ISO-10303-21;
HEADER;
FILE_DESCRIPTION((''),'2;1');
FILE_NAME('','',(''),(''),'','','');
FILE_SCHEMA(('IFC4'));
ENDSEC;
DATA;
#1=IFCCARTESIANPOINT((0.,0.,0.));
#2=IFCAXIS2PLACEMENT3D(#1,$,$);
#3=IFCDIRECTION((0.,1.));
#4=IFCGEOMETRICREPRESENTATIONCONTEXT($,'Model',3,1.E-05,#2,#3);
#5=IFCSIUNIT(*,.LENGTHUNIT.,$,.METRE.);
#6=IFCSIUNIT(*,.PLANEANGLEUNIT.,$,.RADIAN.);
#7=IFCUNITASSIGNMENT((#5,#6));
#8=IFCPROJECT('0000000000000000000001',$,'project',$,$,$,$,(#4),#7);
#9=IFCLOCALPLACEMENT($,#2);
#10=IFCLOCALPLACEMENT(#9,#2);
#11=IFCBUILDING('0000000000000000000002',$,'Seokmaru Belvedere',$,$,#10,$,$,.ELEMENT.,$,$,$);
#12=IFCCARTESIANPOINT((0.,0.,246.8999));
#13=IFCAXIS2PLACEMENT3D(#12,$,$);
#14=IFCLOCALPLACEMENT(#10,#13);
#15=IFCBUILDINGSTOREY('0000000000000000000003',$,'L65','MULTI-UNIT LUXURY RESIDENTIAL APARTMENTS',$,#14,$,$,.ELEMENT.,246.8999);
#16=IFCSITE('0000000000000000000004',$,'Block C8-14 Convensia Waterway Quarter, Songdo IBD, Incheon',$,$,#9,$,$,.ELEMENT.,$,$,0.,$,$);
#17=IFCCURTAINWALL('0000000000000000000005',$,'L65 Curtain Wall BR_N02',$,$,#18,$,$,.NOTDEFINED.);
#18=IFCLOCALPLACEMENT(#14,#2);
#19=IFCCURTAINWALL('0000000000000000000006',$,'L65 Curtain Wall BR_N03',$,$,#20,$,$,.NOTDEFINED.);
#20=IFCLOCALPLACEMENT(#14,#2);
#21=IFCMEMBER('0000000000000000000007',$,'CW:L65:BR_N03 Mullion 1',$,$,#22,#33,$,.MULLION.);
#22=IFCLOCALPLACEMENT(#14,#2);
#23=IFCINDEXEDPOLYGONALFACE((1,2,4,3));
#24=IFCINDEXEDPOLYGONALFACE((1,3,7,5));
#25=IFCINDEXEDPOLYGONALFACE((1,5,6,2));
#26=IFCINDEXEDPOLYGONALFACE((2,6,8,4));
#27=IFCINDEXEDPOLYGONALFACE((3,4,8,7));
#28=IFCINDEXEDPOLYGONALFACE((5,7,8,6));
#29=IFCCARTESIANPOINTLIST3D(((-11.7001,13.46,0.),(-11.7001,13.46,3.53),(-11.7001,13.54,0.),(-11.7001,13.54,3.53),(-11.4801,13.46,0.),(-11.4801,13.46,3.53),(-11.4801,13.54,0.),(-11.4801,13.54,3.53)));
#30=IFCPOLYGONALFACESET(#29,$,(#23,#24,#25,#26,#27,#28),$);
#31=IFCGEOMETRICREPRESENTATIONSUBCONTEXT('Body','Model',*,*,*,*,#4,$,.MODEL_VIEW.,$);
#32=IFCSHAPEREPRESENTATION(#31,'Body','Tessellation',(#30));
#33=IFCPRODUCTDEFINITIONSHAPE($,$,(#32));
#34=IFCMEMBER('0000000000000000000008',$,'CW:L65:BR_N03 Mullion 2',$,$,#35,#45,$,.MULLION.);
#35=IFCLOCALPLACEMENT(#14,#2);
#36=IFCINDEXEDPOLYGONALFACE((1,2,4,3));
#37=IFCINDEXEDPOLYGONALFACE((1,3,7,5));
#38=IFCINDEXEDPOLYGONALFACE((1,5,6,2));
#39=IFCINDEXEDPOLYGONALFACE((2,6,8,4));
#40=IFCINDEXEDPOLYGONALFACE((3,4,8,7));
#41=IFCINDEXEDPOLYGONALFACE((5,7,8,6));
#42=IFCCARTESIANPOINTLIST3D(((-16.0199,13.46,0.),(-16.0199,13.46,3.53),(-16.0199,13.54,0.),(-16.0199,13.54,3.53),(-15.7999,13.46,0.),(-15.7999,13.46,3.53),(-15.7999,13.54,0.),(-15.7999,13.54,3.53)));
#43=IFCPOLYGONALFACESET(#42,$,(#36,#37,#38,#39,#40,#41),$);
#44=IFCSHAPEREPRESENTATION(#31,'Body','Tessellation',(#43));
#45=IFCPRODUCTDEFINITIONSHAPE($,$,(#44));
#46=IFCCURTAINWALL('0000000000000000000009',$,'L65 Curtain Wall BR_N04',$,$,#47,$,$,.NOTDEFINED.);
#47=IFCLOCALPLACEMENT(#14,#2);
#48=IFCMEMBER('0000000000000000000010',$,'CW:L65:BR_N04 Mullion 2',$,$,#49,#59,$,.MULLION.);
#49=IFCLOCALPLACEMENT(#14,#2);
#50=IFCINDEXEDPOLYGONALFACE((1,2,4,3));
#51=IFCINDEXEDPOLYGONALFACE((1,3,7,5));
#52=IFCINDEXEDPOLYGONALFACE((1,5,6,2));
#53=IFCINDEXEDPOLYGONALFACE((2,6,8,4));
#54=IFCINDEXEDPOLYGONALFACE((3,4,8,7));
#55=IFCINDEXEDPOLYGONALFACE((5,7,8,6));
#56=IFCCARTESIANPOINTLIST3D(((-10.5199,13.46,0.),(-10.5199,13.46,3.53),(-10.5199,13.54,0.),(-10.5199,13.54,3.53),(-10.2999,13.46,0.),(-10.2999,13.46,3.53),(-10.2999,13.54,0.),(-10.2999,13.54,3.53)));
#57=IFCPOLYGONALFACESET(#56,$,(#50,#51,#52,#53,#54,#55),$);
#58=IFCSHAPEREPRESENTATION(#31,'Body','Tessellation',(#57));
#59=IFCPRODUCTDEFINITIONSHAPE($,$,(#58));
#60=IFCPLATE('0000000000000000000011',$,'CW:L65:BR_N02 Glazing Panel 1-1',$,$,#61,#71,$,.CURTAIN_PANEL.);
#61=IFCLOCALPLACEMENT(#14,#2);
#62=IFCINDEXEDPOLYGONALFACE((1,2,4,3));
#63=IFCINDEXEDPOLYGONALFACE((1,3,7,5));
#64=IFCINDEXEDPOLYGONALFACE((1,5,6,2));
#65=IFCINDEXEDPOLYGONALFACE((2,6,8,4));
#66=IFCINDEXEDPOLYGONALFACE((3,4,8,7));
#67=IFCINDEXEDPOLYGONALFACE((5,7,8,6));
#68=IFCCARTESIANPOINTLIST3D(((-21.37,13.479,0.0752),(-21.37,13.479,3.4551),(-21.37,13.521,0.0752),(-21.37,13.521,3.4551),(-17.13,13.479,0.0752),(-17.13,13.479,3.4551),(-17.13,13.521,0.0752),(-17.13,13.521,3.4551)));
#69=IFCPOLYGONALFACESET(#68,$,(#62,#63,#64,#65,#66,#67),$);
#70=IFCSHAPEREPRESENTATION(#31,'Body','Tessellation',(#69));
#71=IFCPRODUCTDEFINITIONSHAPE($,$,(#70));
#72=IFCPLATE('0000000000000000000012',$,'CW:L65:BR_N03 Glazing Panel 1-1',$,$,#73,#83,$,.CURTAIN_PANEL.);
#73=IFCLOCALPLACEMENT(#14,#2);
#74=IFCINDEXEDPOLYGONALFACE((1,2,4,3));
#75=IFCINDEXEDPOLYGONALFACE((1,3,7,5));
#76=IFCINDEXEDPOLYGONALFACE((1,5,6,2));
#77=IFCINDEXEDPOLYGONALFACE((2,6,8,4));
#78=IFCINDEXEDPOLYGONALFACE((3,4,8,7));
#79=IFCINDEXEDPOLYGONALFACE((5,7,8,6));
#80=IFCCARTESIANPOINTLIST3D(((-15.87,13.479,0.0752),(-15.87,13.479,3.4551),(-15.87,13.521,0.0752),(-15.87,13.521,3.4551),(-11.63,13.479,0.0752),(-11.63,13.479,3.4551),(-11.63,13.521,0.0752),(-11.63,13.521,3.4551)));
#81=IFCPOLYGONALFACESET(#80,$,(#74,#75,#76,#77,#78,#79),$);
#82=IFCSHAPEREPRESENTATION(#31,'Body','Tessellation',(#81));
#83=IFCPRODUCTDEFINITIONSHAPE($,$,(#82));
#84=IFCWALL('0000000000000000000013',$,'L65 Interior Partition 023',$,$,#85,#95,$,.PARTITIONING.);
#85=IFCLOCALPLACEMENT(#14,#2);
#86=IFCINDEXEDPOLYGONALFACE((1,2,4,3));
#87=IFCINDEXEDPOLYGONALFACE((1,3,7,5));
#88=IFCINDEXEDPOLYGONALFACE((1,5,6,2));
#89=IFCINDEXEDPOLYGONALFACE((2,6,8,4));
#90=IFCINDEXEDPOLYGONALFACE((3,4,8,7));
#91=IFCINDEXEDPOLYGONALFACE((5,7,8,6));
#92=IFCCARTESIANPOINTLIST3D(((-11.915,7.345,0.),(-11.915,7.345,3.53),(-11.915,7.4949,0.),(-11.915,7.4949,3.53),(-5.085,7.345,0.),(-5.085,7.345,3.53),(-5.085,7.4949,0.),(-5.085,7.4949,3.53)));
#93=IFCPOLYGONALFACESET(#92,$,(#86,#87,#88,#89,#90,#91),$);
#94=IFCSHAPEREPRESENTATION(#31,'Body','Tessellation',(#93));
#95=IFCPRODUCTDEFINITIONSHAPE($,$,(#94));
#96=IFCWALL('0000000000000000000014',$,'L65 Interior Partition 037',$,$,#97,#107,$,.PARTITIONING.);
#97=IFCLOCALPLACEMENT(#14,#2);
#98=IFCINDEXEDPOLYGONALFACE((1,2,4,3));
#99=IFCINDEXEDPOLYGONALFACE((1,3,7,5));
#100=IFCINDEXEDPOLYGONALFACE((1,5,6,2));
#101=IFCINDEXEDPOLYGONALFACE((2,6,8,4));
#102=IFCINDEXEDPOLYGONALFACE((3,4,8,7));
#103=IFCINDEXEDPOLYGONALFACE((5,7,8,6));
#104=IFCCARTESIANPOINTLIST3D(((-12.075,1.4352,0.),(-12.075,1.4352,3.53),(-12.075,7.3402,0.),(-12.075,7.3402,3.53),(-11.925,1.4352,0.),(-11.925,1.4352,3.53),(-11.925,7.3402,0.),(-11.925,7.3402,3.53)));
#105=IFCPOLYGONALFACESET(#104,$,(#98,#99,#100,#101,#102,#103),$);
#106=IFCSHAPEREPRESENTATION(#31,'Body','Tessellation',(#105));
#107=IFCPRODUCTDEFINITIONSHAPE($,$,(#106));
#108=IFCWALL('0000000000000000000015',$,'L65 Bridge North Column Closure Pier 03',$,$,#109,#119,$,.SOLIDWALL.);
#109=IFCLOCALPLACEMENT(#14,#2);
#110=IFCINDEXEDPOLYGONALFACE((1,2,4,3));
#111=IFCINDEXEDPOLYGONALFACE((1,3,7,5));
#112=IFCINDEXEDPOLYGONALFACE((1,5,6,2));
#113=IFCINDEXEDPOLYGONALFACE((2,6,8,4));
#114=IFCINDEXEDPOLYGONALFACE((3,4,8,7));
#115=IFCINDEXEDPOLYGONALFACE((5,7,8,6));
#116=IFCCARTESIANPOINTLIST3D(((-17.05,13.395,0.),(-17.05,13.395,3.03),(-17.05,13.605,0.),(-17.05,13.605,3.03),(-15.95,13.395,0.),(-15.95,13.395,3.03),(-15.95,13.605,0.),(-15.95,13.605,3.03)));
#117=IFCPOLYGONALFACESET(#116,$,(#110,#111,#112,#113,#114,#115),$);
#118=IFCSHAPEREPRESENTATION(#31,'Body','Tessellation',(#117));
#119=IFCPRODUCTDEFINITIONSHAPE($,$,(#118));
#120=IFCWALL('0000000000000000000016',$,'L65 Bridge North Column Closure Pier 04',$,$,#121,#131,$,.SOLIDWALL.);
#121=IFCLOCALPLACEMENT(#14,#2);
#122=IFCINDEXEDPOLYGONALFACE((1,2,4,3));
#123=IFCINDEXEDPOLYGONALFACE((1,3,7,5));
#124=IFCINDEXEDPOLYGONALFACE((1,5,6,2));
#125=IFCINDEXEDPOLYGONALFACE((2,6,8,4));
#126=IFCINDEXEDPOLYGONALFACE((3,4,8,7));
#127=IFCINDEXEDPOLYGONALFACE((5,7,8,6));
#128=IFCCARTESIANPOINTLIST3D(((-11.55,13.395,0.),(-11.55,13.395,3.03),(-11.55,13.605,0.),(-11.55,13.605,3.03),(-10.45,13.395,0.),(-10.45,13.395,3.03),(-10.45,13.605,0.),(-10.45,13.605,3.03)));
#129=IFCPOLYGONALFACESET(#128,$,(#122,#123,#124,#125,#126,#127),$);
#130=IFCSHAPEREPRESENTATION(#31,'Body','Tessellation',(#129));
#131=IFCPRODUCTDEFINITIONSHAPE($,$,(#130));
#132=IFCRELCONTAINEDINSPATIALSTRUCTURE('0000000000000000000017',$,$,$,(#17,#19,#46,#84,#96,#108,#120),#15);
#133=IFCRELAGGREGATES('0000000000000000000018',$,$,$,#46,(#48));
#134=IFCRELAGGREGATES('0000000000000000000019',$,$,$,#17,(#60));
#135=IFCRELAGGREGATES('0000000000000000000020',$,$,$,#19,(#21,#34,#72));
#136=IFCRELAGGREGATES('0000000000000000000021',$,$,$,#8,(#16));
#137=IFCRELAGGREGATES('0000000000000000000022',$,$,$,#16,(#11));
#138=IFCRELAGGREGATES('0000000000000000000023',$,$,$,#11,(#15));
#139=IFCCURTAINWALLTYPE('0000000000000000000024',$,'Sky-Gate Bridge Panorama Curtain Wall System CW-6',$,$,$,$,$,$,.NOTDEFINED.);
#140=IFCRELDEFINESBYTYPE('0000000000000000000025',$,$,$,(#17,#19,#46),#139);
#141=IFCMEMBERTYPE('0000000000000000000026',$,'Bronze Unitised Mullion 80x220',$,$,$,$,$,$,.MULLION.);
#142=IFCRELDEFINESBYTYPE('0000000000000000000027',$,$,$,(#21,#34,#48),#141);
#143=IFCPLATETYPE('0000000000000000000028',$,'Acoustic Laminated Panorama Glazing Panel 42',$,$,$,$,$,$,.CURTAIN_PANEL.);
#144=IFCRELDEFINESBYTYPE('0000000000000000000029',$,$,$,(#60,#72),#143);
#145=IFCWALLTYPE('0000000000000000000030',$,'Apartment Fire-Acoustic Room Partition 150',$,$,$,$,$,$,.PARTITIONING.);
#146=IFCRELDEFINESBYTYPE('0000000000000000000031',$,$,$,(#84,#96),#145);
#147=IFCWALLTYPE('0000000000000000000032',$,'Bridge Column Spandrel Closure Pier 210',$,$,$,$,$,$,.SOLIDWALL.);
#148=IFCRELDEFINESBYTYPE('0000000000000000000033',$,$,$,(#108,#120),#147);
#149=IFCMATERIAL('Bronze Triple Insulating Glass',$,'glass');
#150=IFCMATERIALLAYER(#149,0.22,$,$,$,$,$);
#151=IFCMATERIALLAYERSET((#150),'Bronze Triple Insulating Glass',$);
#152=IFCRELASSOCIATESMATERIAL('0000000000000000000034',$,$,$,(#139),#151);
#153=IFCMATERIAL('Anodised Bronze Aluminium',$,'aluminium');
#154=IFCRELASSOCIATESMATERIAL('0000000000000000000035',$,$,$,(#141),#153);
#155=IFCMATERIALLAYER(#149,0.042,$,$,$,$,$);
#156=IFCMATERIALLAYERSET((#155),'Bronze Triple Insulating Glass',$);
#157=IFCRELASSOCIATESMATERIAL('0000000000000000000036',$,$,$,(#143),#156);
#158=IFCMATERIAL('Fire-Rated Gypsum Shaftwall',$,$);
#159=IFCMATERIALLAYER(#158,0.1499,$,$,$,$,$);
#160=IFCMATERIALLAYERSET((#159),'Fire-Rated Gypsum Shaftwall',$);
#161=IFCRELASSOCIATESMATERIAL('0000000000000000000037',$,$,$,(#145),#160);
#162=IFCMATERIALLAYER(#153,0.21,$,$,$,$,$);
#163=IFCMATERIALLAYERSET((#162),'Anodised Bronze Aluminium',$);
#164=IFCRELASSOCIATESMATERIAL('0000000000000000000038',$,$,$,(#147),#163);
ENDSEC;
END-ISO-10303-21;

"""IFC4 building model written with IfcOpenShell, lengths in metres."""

from ifc_helpers import new_model, si_unit, direction, frame, frame_2d, origin, origin_2d, place, context, subcontext, project, spatial, rectangle, extrude, source, transform, mapped, material, layer, layer_set, material_profile, profile_set, type_object, type_shapes, element, aggregate, save


model = new_model("IFC4")

# Units and contexts
model_context = context("Model", 3, precision=1e-05, world=origin(), true_north=direction((0.0, 1.0)))
body_context = subcontext(model_context, "Body", "Model", "MODEL_VIEW")
ifc_project = project(units=[si_unit("LENGTHUNIT", "METRE"), si_unit("PLANEANGLEUNIT", "RADIAN")], contexts=[model_context])

# Site, building, storey
site_placement = place(None, origin())
site = spatial("IfcSite", under=ifc_project, at=site_placement, Name="Block C8-14 Convensia Waterway Quarter, Songdo IBD, Incheon", CompositionType="ELEMENT", RefElevation=0.0)
building_placement = place(site_placement, origin())
building = spatial("IfcBuilding", under=site, at=building_placement, Name="Seokmaru Belvedere", CompositionType="ELEMENT")
storey_placement = place(building_placement, frame((0.0, 0.0, 246.8999)))
storey = spatial("IfcBuildingStorey", under=building, at=storey_placement, Name="L65", Description="MULTI-UNIT LUXURY RESIDENTIAL APARTMENTS", CompositionType="ELEMENT", Elevation=246.8999)

# Curtain walls
ifc_material_1 = material(Name="Bronze Triple Insulating Glass", Category="glass")
ifc_layer_1 = layer(ifc_material_1, 0.22)
ifc_layer_set_1 = layer_set([ifc_layer_1], Name="Bronze Triple Insulating Glass")
curtain_wall_type = type_object("IfcCurtainWallType", Name="Sky-Gate Bridge Panorama Curtain Wall System CW-6", PredefinedType="NOTDEFINED", material=ifc_layer_set_1)
curtain_wall_1_placement = place(storey_placement, origin())
curtain_wall_1 = element("IfcCurtainWall", 1, at=curtain_wall_1_placement, inside=storey, type_object=curtain_wall_type, Name="L65 Curtain Wall BR_N02", PredefinedType="NOTDEFINED")
ifc_material_2 = material(Name="Anodised Bronze Aluminium", Category="aluminium")
curtain_wall_2_placement = place(storey_placement, origin())
curtain_wall_2 = element("IfcCurtainWall", 2, at=curtain_wall_2_placement, inside=storey, type_object=curtain_wall_type, Name="L65 Curtain Wall BR_N03", PredefinedType="NOTDEFINED")

# Members
ifc_material_profile_1 = material_profile(ifc_material_2, rectangle(XDim=0.0801, YDim=0.22, at=origin_2d()), Name="CW-M-80x220")
ifc_profile_set_1 = profile_set([ifc_material_profile_1], Name="Anodised Bronze Aluminium")
member_type_1 = type_object("IfcMemberType", Name="Bronze Unitised Mullion 80x220", PredefinedType="MULLION", material=ifc_profile_set_1)
shared_shape_1 = source(origin(), body_context, "Body", "SweptSolid", [
    extrude(rectangle(XDim=0.0801, YDim=0.22, at=origin_2d()), origin(), (0.0, 0.0, 1.0), 3.53),
])
type_shapes(member_type_1, [shared_shape_1])
member_1_placement = place(storey_placement, frame((-11.5901, 13.5, 0.0), z_axis=(0.0, 0.0, 1.0), x_axis=(0.0, -1.0, 0.0)))
member_1 = element("IfcMember", 3, at=member_1_placement, type_object=member_type_1, Name="CW:L65:BR_N03 Mullion 1", PredefinedType="MULLION", context=body_context, shape_type="MappedRepresentation", body=[
    mapped(shared_shape_1, transform((0.0, 0.0, 0.0), scale=1.0)),
])
member_2_placement = place(storey_placement, frame((-15.9099, 13.5, 0.0), z_axis=(0.0, 0.0, 1.0), x_axis=(0.0, -1.0, 0.0)))
member_2 = element("IfcMember", 4, at=member_2_placement, type_object=member_type_1, Name="CW:L65:BR_N03 Mullion 2", PredefinedType="MULLION", context=body_context, shape_type="MappedRepresentation", body=[
    mapped(shared_shape_1, transform((0.0, 0.0, 0.0), scale=1.0)),
])

# Curtain wall, member
curtain_wall_3_placement = place(storey_placement, origin())
curtain_wall_3 = element("IfcCurtainWall", 5, at=curtain_wall_3_placement, inside=storey, type_object=curtain_wall_type, Name="L65 Curtain Wall BR_N04", PredefinedType="NOTDEFINED")
member_3_placement = place(storey_placement, frame((-10.4099, 13.5, 0.0), z_axis=(0.0, 0.0, 1.0), x_axis=(0.0, -1.0, 0.0)))
member_3 = element("IfcMember", 6, at=member_3_placement, type_object=member_type_1, Name="CW:L65:BR_N04 Mullion 2", PredefinedType="MULLION", context=body_context, shape_type="MappedRepresentation", body=[
    mapped(shared_shape_1, transform((0.0, 0.0, 0.0), scale=1.0)),
])
aggregate(curtain_wall_3, [member_3])

# Plates
ifc_layer_2 = layer(ifc_material_1, 0.042)
ifc_layer_set_2 = layer_set([ifc_layer_2], Name="Bronze Triple Insulating Glass")
plate_type = type_object("IfcPlateType", Name="Acoustic Laminated Panorama Glazing Panel 42", PredefinedType="CURTAIN_PANEL", material=ifc_layer_set_2)
shared_shape_2 = source(origin(), body_context, "Body", "SweptSolid", [
    extrude(rectangle(XDim=4.24, YDim=0.042, at=origin_2d()), origin(), (0.0, 0.0, 1.0), 3.3799),
])
type_shapes(plate_type, [shared_shape_2])
plate_1_placement = place(storey_placement, frame((-19.25, 13.5, 0.0752), z_axis=(0.0, 0.0, 1.0), x_axis=(-1.0, 0.0, 0.0)))
plate_1 = element("IfcPlate", 7, at=plate_1_placement, type_object=plate_type, Name="CW:L65:BR_N02 Glazing Panel 1-1", PredefinedType="CURTAIN_PANEL", context=body_context, shape_type="MappedRepresentation", body=[
    mapped(shared_shape_2, transform((0.0, 0.0, 0.0), scale=1.0)),
])
aggregate(curtain_wall_1, [plate_1])
plate_2_placement = place(storey_placement, frame((-13.75, 13.5, 0.0752), z_axis=(0.0, 0.0, 1.0), x_axis=(-1.0, 0.0, 0.0)))
plate_2 = element("IfcPlate", 8, at=plate_2_placement, type_object=plate_type, Name="CW:L65:BR_N03 Glazing Panel 1-1", PredefinedType="CURTAIN_PANEL", context=body_context, shape_type="MappedRepresentation", body=[
    mapped(shared_shape_2, transform((0.0, 0.0, 0.0), scale=1.0)),
])
aggregate(curtain_wall_2, [member_1, member_2, plate_2])

# Walls
ifc_material_3 = material(Name="Fire-Rated Gypsum Shaftwall")
ifc_layer_3 = layer(ifc_material_3, 0.1499)
ifc_layer_set_3 = layer_set([ifc_layer_3], Name="Fire-Rated Gypsum Shaftwall")
wall_type_1 = type_object("IfcWallType", Name="Apartment Fire-Acoustic Room Partition 150", PredefinedType="PARTITIONING", material=ifc_layer_set_3)
wall_1_placement = place(storey_placement, frame((-11.915, 7.4199, 0.0), z_axis=(0.0, 0.0, 1.0), x_axis=(1.0, 0.0, 0.0)))
element("IfcWall", 9, at=wall_1_placement, inside=storey, type_object=wall_type_1, Name="L65 Interior Partition 023", PredefinedType="PARTITIONING", context=body_context, shape_type="SweptSolid", body=[
    extrude(rectangle(XDim=6.8301, YDim=0.1499, at=frame_2d((3.415, 0.0))), origin(), (0.0, 0.0, 1.0), 3.53),
])
wall_2_placement = place(storey_placement, frame((-12.0, 1.4351, 0.0), z_axis=(0.0, 0.0, 1.0), x_axis=(0.0, 1.0, 0.0)))
element("IfcWall", 10, at=wall_2_placement, inside=storey, type_object=wall_type_1, Name="L65 Interior Partition 037", PredefinedType="PARTITIONING", context=body_context, shape_type="SweptSolid", body=[
    extrude(rectangle(XDim=5.905, YDim=0.1499, at=frame_2d((2.9526, 0.0))), origin(), (0.0, 0.0, 1.0), 3.53),
])
ifc_layer_4 = layer(ifc_material_2, 0.21)
ifc_layer_set_4 = layer_set([ifc_layer_4], Name="Anodised Bronze Aluminium")
wall_type_2 = type_object("IfcWallType", Name="Bridge Column Spandrel Closure Pier 210", PredefinedType="SOLIDWALL", material=ifc_layer_set_4)
for number, where, z_axis, x_axis, name in (
    (11, (-17.05, 13.5, 0.0), (0.0, 0.0, 1.0), (1.0, 0.0, 0.0), "L65 Bridge North Column Closure Pier 03"),
    (12, (-11.55, 13.5, 0.0), (0.0, 0.0, 1.0), (1.0, 0.0, 0.0), "L65 Bridge North Column Closure Pier 04"),
):
    element("IfcWall", number, at=place(storey_placement, frame(where, z_axis=z_axis, x_axis=x_axis)), inside=storey, type_object=wall_type_2, Name=name, PredefinedType="SOLIDWALL", context=body_context, shape_type="SweptSolid", body=[
        extrude(rectangle(XDim=1.1001, YDim=0.21, at=frame_2d((0.55, 0.0))), origin(), (0.0, 0.0, 1.0), 3.03),
    ])

save(model, "model.ifc")
